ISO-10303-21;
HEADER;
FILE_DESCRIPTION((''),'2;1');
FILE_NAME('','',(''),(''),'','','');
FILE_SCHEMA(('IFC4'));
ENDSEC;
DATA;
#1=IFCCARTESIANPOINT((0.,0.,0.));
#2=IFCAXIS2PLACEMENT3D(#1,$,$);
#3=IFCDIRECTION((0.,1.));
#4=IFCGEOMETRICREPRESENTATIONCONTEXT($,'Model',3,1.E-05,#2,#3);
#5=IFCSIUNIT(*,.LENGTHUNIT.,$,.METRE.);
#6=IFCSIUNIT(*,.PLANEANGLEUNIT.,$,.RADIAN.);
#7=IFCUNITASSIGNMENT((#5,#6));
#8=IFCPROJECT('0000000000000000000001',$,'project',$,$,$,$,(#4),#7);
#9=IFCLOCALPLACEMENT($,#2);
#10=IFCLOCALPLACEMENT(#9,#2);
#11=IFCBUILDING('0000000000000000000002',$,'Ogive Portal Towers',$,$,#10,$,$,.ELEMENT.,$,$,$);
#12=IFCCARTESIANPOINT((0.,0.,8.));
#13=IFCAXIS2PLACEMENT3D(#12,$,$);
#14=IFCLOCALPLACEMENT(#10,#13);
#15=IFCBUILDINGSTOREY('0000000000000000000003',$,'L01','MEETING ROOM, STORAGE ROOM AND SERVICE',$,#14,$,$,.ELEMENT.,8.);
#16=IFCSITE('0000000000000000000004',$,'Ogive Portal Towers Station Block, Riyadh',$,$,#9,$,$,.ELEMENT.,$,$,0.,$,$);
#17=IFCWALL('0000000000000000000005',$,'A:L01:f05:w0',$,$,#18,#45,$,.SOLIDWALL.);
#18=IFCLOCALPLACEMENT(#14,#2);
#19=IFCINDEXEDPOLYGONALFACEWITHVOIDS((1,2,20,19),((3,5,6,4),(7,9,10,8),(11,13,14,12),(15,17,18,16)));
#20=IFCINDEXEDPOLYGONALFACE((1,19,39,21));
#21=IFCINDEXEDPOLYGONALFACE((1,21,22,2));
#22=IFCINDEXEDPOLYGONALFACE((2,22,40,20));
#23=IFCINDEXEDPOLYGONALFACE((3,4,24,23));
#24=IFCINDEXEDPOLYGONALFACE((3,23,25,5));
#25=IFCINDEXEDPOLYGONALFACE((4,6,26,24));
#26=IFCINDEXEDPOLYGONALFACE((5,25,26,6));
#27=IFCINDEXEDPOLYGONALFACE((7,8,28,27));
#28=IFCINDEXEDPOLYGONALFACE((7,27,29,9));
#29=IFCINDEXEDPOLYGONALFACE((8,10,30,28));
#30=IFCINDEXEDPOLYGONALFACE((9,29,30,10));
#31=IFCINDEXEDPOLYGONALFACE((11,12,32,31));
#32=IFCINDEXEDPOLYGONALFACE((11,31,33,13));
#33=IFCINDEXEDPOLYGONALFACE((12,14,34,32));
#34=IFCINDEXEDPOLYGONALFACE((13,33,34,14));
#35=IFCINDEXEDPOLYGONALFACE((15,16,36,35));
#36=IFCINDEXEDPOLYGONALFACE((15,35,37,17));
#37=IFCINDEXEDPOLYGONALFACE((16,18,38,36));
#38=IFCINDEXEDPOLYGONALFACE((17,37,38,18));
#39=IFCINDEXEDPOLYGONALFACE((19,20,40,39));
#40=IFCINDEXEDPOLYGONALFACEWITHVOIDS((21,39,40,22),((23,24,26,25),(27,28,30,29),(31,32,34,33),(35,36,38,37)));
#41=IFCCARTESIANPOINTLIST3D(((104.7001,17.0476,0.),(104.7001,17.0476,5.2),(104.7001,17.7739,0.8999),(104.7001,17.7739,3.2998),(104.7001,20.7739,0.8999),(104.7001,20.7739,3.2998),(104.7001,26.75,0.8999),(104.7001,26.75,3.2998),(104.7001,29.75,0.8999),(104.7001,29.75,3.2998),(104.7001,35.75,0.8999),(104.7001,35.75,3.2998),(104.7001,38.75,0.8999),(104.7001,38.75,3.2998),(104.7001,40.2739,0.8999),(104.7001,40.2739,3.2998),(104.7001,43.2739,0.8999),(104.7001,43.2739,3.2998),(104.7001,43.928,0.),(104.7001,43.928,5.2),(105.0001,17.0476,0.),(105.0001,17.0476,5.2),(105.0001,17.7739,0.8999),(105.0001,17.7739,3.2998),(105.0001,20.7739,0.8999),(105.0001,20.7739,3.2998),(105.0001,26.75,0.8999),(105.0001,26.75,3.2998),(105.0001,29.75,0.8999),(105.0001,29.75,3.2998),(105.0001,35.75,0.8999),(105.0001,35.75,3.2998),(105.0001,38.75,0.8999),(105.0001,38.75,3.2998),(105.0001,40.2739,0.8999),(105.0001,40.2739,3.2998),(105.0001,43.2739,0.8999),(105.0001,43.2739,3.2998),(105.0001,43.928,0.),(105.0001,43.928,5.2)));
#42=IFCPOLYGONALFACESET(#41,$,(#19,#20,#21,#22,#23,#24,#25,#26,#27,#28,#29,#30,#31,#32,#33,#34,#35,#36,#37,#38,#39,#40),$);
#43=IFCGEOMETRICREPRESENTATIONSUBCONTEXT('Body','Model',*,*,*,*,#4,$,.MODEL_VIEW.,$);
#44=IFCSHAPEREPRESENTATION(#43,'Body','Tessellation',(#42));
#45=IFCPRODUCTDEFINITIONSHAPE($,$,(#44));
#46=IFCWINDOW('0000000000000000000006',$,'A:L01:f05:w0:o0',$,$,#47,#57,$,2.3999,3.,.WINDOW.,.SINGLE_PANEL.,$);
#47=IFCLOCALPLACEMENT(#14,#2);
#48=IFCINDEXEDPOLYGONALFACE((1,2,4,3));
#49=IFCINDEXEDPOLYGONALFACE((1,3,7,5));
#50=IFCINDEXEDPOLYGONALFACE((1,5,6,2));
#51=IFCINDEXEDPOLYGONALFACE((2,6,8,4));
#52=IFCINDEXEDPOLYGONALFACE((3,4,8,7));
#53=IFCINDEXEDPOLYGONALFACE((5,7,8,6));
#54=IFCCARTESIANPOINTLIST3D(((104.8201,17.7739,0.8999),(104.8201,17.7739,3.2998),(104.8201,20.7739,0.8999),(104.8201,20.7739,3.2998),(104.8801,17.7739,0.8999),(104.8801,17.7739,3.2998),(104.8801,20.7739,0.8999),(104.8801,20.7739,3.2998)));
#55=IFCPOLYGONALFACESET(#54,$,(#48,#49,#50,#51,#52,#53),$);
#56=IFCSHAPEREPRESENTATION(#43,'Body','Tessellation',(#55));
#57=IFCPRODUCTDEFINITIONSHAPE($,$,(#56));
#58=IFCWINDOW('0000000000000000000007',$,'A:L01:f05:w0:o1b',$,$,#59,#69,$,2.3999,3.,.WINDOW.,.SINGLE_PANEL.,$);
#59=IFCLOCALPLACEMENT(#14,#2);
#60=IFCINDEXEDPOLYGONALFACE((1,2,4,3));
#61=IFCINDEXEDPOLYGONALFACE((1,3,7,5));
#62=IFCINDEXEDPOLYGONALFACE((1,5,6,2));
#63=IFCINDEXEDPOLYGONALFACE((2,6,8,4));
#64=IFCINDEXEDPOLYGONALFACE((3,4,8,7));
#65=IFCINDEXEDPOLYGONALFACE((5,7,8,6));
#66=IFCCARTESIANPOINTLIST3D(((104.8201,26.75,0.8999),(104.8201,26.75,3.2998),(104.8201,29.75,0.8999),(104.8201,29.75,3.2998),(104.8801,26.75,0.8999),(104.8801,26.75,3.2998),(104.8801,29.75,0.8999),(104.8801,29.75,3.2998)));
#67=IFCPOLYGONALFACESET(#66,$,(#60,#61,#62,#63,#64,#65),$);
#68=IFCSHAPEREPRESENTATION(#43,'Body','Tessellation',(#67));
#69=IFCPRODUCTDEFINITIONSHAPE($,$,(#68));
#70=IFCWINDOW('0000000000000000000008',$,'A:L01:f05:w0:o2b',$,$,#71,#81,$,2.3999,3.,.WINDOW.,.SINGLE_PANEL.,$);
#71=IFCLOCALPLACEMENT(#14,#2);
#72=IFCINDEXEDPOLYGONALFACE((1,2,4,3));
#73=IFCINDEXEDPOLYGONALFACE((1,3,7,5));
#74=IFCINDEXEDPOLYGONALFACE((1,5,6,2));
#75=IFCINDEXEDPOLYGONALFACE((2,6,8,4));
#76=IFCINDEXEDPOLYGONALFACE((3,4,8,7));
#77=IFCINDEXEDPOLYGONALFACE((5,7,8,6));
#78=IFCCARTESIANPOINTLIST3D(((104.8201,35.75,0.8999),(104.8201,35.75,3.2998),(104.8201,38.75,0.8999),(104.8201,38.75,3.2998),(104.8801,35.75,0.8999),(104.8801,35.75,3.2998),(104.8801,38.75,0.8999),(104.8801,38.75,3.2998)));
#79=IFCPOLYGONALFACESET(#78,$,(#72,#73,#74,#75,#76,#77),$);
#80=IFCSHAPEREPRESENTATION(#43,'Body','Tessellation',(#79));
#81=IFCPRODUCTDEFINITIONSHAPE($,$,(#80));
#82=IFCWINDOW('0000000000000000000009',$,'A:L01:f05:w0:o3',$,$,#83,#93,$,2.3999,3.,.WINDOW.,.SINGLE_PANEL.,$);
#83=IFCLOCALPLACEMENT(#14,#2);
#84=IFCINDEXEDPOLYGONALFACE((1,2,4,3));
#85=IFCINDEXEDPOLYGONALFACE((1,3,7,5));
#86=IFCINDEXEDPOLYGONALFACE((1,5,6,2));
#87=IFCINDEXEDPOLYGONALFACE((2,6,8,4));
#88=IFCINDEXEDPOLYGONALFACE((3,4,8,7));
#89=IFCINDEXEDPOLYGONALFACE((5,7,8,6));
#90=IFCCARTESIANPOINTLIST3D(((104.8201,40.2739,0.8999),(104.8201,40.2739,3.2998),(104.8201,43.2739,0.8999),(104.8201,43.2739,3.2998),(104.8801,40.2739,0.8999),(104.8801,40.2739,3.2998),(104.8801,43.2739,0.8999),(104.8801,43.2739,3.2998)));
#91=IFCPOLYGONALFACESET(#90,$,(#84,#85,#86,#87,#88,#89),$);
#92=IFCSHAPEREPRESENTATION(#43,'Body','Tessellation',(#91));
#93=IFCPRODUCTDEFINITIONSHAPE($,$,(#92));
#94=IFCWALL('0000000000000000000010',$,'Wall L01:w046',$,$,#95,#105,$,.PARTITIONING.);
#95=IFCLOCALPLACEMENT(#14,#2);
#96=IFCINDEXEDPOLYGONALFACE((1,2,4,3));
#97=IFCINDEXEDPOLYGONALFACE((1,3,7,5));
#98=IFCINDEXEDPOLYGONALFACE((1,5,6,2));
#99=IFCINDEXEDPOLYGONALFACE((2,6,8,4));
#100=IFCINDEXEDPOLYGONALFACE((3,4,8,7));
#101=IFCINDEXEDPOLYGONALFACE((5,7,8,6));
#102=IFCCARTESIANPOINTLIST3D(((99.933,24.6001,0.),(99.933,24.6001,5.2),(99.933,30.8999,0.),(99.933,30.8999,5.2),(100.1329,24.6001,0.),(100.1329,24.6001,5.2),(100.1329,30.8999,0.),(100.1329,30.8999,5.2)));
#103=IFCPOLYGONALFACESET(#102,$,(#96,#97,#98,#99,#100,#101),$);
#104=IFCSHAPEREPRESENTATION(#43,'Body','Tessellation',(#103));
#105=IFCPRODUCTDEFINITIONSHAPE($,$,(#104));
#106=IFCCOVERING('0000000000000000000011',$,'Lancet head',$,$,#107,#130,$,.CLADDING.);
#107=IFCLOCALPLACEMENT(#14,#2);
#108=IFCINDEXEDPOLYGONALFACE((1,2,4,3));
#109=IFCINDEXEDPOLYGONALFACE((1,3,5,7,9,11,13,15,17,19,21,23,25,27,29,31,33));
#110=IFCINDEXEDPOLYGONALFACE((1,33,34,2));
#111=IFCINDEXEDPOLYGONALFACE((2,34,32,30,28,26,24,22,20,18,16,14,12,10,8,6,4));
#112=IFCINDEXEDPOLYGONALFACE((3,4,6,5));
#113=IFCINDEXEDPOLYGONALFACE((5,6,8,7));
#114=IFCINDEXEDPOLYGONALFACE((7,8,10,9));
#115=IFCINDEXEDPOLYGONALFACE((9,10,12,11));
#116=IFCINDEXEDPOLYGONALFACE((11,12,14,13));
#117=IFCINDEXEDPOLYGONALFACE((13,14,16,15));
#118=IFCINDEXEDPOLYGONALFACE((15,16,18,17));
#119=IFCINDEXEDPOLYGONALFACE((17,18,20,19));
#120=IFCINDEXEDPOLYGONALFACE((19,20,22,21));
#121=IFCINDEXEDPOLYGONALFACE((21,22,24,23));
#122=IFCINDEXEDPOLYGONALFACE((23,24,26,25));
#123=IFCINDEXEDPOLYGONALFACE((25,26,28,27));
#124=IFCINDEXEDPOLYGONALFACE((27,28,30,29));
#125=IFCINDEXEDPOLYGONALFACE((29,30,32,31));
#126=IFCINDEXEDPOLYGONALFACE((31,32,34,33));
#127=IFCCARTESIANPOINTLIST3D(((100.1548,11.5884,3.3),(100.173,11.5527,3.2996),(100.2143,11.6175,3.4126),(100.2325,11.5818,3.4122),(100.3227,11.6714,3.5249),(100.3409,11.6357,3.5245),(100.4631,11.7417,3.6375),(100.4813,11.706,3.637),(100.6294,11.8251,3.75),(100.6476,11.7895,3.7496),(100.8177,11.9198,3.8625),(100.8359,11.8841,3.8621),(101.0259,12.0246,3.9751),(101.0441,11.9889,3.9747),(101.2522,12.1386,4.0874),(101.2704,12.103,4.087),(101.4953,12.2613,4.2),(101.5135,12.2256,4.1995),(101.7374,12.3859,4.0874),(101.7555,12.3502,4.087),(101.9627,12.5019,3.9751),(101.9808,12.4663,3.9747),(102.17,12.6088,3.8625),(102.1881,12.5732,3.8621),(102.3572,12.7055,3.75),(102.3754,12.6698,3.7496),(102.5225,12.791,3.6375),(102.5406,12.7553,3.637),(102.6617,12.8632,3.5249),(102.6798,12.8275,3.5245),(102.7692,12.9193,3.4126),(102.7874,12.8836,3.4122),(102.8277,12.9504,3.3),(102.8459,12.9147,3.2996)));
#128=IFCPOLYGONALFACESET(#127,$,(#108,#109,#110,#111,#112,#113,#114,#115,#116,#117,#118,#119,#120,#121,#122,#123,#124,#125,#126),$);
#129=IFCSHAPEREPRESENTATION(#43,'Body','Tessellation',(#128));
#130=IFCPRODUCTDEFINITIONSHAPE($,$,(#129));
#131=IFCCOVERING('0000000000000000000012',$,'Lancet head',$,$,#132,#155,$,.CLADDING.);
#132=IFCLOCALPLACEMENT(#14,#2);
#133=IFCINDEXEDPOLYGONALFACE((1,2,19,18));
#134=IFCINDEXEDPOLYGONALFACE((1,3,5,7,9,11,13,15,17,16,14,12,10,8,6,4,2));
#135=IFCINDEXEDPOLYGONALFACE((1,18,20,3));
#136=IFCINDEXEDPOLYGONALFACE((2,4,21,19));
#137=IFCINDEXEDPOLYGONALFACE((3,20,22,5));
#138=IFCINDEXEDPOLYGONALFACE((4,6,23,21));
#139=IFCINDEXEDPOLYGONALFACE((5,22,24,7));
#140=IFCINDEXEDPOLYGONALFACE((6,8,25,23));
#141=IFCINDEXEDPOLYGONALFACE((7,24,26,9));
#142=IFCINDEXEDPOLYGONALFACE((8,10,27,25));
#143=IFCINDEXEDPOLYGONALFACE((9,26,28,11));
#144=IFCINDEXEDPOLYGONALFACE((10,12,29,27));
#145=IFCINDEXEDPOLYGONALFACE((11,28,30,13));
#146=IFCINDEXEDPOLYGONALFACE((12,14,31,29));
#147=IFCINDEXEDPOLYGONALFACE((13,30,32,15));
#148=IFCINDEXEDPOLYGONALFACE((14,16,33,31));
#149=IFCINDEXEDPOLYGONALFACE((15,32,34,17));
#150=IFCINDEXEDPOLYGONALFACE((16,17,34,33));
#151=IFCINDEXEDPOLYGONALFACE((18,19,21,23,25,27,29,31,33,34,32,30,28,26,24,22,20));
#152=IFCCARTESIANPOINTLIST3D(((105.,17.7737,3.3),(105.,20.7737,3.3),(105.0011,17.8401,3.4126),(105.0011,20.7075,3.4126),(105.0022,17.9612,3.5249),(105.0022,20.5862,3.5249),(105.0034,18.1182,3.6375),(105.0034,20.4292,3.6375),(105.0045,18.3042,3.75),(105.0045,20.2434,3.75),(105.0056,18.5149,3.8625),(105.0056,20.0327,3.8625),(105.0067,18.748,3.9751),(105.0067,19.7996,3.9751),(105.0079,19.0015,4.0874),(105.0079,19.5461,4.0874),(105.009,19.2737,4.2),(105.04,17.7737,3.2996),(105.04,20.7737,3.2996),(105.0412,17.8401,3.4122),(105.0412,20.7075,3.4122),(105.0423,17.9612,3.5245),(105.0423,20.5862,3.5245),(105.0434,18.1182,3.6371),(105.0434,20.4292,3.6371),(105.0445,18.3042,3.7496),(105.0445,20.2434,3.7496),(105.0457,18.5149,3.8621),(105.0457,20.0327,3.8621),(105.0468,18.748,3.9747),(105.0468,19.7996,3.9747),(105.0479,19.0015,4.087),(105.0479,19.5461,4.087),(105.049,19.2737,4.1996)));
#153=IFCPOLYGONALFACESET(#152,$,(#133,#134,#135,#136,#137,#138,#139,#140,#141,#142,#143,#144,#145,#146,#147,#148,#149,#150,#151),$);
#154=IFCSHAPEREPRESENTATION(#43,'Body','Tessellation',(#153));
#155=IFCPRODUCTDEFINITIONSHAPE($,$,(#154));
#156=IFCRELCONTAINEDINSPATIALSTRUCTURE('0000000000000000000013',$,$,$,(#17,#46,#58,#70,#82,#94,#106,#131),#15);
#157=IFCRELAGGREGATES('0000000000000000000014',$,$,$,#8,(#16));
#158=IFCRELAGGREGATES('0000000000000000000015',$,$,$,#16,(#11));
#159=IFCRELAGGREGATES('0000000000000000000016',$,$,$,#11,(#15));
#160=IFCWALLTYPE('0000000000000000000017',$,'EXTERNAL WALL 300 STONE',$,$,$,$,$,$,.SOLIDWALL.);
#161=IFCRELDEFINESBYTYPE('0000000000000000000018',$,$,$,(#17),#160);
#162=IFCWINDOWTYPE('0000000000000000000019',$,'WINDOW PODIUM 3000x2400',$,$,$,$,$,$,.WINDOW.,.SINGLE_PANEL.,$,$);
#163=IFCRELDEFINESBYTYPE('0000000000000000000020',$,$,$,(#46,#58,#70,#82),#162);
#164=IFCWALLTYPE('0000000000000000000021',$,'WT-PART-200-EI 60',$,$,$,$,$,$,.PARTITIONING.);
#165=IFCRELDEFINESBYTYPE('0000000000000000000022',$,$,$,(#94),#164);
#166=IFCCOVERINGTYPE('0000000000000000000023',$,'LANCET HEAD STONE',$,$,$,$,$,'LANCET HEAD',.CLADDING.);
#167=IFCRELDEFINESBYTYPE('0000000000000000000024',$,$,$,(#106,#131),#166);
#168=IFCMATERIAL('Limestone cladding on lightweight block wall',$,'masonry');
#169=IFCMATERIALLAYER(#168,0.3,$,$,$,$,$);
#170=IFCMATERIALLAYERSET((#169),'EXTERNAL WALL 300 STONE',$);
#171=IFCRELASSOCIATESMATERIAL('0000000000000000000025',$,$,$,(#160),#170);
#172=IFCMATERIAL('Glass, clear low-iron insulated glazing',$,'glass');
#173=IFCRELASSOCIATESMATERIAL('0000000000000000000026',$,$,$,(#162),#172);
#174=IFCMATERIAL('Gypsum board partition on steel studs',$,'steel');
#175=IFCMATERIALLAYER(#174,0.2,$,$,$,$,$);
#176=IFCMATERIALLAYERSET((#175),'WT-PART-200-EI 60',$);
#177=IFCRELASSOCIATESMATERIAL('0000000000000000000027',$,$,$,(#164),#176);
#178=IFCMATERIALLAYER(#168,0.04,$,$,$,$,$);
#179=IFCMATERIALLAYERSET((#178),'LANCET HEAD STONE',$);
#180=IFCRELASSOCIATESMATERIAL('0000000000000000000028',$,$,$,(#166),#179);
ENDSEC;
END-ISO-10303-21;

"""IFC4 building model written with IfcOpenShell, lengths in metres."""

from ifc_helpers import new_model, si_unit, direction, frame, frame_2d, origin, place, context, subcontext, project, spatial, polyline, rectangle, outline, extrude, material, layer, layer_set, type_object, element, fill, save


model = new_model("IFC4")

# Units and contexts
model_context = context("Model", 3, precision=1e-05, world=origin(), true_north=direction((0.0, 1.0)))
body_context = subcontext(model_context, "Body", "Model", "MODEL_VIEW")
ifc_project = project(units=[si_unit("LENGTHUNIT", "METRE"), si_unit("PLANEANGLEUNIT", "RADIAN")], contexts=[model_context])

# Site, building, storey
site_placement = place(None, origin())
site = spatial("IfcSite", under=ifc_project, at=site_placement, Name="Ogive Portal Towers Station Block, Riyadh", CompositionType="ELEMENT", RefElevation=0.0)
building_placement = place(site_placement, origin())
building = spatial("IfcBuilding", under=site, at=building_placement, Name="Ogive Portal Towers", CompositionType="ELEMENT")
storey_placement = place(building_placement, frame((0.0, 0.0, 8.0)))
storey = spatial("IfcBuildingStorey", under=building, at=storey_placement, Name="L01", Description="MEETING ROOM, STORAGE ROOM AND SERVICE", CompositionType="ELEMENT", Elevation=8.0)

# Shared definitions
ifc_material_1 = material(Name="Limestone cladding on lightweight block wall", Category="masonry")
ifc_layer_1 = layer(ifc_material_1, 0.3)
ifc_layer_set_1 = layer_set([ifc_layer_1], Name="EXTERNAL WALL 300 STONE")
wall_type_1 = type_object("IfcWallType", Name="EXTERNAL WALL 300 STONE", PredefinedType="SOLIDWALL", material=ifc_layer_set_1)
ifc_material_2 = material(Name="Glass, clear low-iron insulated glazing", Category="glass")
window_type = type_object("IfcWindowType", Name="WINDOW PODIUM 3000x2400", PartitioningType="SINGLE_PANEL", PredefinedType="WINDOW", material=ifc_material_2)

# Wall, openings, windows
wall_1_placement = place(storey_placement, frame((104.8501, 17.0476, 0.0), z_axis=(0.0, 0.0, 1.0), x_axis=(0.0, 1.0, 0.0)))
wall_1 = element("IfcWall", 1, at=wall_1_placement, inside=storey, type_object=wall_type_1, Name="A:L01:f05:w0", PredefinedType="SOLIDWALL", context=body_context, shape_type="SweptSolid", body=[
    extrude(rectangle(XDim=26.8804, YDim=0.3, at=frame_2d((13.4402, 0.0))), origin(), (0.0, 0.0, 1.0), 5.2),
])
opening_1_placement = place(wall_1_placement, frame((0.7263, 0.0, 0.8999)))
opening_1 = element("IfcOpeningElement", 2, at=opening_1_placement, cuts=wall_1, PredefinedType="OPENING", context=body_context, shape_type="SweptSolid", body=[
    extrude(rectangle(XDim=3.0, YDim=2.3999, at=frame_2d((1.5, 1.2))), frame((0.0, 0.1602, 0.0), z_axis=(0.0, -1.0, 0.0), x_axis=(1.0, 0.0, 0.0)), (0.0, 0.0, 1.0), 0.3201),
])
opening_2_placement = place(wall_1_placement, frame((9.7024, 0.0, 0.8999)))
opening_2 = element("IfcOpeningElement", 3, at=opening_2_placement, cuts=wall_1, PredefinedType="OPENING", context=body_context, shape_type="SweptSolid", body=[
    extrude(rectangle(XDim=3.0, YDim=2.3999, at=frame_2d((1.5, 1.2))), frame((0.0, 0.1602, 0.0), z_axis=(0.0, -1.0, 0.0), x_axis=(1.0, 0.0, 0.0)), (0.0, 0.0, 1.0), 0.3201),
])
opening_3_placement = place(wall_1_placement, frame((18.7024, 0.0, 0.8999)))
opening_3 = element("IfcOpeningElement", 4, at=opening_3_placement, cuts=wall_1, PredefinedType="OPENING", context=body_context, shape_type="SweptSolid", body=[
    extrude(rectangle(XDim=3.0, YDim=2.3999, at=frame_2d((1.5, 1.2))), frame((0.0, 0.1602, 0.0), z_axis=(0.0, -1.0, 0.0), x_axis=(1.0, 0.0, 0.0)), (0.0, 0.0, 1.0), 0.3201),
])
opening_4_placement = place(wall_1_placement, frame((23.2263, 0.0, 0.8999)))
opening_4 = element("IfcOpeningElement", 5, at=opening_4_placement, cuts=wall_1, PredefinedType="OPENING", context=body_context, shape_type="SweptSolid", body=[
    extrude(rectangle(XDim=3.0, YDim=2.3999, at=frame_2d((1.5, 1.2))), frame((0.0, 0.1602, 0.0), z_axis=(0.0, -1.0, 0.0), x_axis=(1.0, 0.0, 0.0)), (0.0, 0.0, 1.0), 0.3201),
])
window_1_placement = place(opening_1_placement, origin())
window_1 = element("IfcWindow", 6, at=window_1_placement, inside=storey, type_object=window_type, Name="A:L01:f05:w0:o0", OverallHeight=2.3999, OverallWidth=3.0, PartitioningType="SINGLE_PANEL", PredefinedType="WINDOW", context=body_context, shape_type="SweptSolid", body=[
    extrude(rectangle(XDim=3.0, YDim=2.3999, at=frame_2d((1.5, 1.2))), frame((0.0, 0.03, 0.0), z_axis=(0.0, -1.0, 0.0), x_axis=(1.0, 0.0, 0.0)), (0.0, 0.0, 1.0), 0.0601),
])
fill(opening_1, window_1)
window_2_placement = place(opening_2_placement, origin())
window_2 = element("IfcWindow", 7, at=window_2_placement, inside=storey, type_object=window_type, Name="A:L01:f05:w0:o1b", OverallHeight=2.3999, OverallWidth=3.0, PartitioningType="SINGLE_PANEL", PredefinedType="WINDOW", context=body_context, shape_type="SweptSolid", body=[
    extrude(rectangle(XDim=3.0, YDim=2.3999, at=frame_2d((1.5, 1.2))), frame((0.0, 0.03, 0.0), z_axis=(0.0, -1.0, 0.0), x_axis=(1.0, 0.0, 0.0)), (0.0, 0.0, 1.0), 0.0601),
])
fill(opening_2, window_2)
window_3_placement = place(opening_3_placement, origin())
window_3 = element("IfcWindow", 8, at=window_3_placement, inside=storey, type_object=window_type, Name="A:L01:f05:w0:o2b", OverallHeight=2.3999, OverallWidth=3.0, PartitioningType="SINGLE_PANEL", PredefinedType="WINDOW", context=body_context, shape_type="SweptSolid", body=[
    extrude(rectangle(XDim=3.0, YDim=2.3999, at=frame_2d((1.5, 1.2))), frame((0.0, 0.03, 0.0), z_axis=(0.0, -1.0, 0.0), x_axis=(1.0, 0.0, 0.0)), (0.0, 0.0, 1.0), 0.0601),
])
fill(opening_3, window_3)
window_4_placement = place(opening_4_placement, origin())
window_4 = element("IfcWindow", 9, at=window_4_placement, inside=storey, type_object=window_type, Name="A:L01:f05:w0:o3", OverallHeight=2.3999, OverallWidth=3.0, PartitioningType="SINGLE_PANEL", PredefinedType="WINDOW", context=body_context, shape_type="SweptSolid", body=[
    extrude(rectangle(XDim=3.0, YDim=2.3999, at=frame_2d((1.5, 1.2))), frame((0.0, 0.03, 0.0), z_axis=(0.0, -1.0, 0.0), x_axis=(1.0, 0.0, 0.0)), (0.0, 0.0, 1.0), 0.0601),
])
fill(opening_4, window_4)

# Wall
ifc_material_3 = material(Name="Gypsum board partition on steel studs", Category="steel")
ifc_layer_2 = layer(ifc_material_3, 0.2)
ifc_layer_set_2 = layer_set([ifc_layer_2], Name="WT-PART-200-EI 60")
wall_type_2 = type_object("IfcWallType", Name="WT-PART-200-EI 60", PredefinedType="PARTITIONING", material=ifc_layer_set_2)
wall_2_placement = place(storey_placement, frame((100.033, 24.6001, 0.0), z_axis=(0.0, 0.0, 1.0), x_axis=(0.0, 1.0, 0.0)))
element("IfcWall", 10, at=wall_2_placement, inside=storey, type_object=wall_type_2, Name="Wall L01:w046", PredefinedType="PARTITIONING", context=body_context, shape_type="SweptSolid", body=[
    extrude(rectangle(XDim=6.2998, YDim=0.2, at=frame_2d((3.1499, 0.0))), origin(), (0.0, 0.0, 1.0), 5.2),
])

# Coverings
ifc_layer_3 = layer(ifc_material_1, 0.04)
ifc_layer_set_3 = layer_set([ifc_layer_3], Name="LANCET HEAD STONE")
covering_type_1 = type_object("IfcCoveringType", Name="LANCET HEAD STONE", ElementType="LANCET HEAD", PredefinedType="CLADDING", material=ifc_layer_set_3)
covering_1_placement = place(storey_placement, frame((100.1548, 11.5884, 3.3), z_axis=(-0.453987, 0.890951, 0.010108), x_axis=(0.890997, 0.45401, 0.0)))
element("IfcCovering", 11, at=covering_1_placement, inside=storey, type_object=covering_type_1, Name="Lancet head", PredefinedType="CLADDING", context=body_context, shape_type="SweptSolid", body=[
    extrude(outline(polyline([(0.0, 0.0), (2.9999, 0.0), (2.9337, -0.1126), (2.8124, -0.2249), (2.6556, -0.3374), (2.4695, -0.45), (2.2588, -0.5625), (2.0256, -0.6751), (1.7721, -0.7874), (1.4999, -0.8999), (1.2276, -0.7874), (0.9742, -0.6751), (0.7411, -0.5625), (0.5304, -0.45), (0.3443, -0.3374), (0.1873, -0.2249), (0.0663, -0.1126), (0.0, 0.0)])), origin(), (0.0, 0.0, -1.0), 0.04),
])
covering_2_placement = place(storey_placement, frame((105.0, 17.7737, 3.3), z_axis=(-0.99995, 0.0, 0.009994), x_axis=(0.0, 1.0, 0.0)))
element("IfcCovering", 12, at=covering_2_placement, inside=storey, type_object=covering_type_1, Name="Lancet head", PredefinedType="CLADDING", context=body_context, shape_type="SweptSolid", body=[
    extrude(outline(polyline([(0.0, 0.0), (3.0, 0.0), (2.9338, -0.1126), (2.8125, -0.2249), (2.6555, -0.3374), (2.4697, -0.45), (2.259, -0.5625), (2.0259, -0.6751), (1.7725, -0.7874), (1.5, -0.8999), (1.2278, -0.7874), (0.9744, -0.6751), (0.7412, -0.5625), (0.5305, -0.45), (0.3445, -0.3374), (0.1875, -0.2249), (0.0664, -0.1126), (0.0, 0.0)])), origin(), (0.0, 0.0, -1.0), 0.04),
])

save(model, "model.ifc")
